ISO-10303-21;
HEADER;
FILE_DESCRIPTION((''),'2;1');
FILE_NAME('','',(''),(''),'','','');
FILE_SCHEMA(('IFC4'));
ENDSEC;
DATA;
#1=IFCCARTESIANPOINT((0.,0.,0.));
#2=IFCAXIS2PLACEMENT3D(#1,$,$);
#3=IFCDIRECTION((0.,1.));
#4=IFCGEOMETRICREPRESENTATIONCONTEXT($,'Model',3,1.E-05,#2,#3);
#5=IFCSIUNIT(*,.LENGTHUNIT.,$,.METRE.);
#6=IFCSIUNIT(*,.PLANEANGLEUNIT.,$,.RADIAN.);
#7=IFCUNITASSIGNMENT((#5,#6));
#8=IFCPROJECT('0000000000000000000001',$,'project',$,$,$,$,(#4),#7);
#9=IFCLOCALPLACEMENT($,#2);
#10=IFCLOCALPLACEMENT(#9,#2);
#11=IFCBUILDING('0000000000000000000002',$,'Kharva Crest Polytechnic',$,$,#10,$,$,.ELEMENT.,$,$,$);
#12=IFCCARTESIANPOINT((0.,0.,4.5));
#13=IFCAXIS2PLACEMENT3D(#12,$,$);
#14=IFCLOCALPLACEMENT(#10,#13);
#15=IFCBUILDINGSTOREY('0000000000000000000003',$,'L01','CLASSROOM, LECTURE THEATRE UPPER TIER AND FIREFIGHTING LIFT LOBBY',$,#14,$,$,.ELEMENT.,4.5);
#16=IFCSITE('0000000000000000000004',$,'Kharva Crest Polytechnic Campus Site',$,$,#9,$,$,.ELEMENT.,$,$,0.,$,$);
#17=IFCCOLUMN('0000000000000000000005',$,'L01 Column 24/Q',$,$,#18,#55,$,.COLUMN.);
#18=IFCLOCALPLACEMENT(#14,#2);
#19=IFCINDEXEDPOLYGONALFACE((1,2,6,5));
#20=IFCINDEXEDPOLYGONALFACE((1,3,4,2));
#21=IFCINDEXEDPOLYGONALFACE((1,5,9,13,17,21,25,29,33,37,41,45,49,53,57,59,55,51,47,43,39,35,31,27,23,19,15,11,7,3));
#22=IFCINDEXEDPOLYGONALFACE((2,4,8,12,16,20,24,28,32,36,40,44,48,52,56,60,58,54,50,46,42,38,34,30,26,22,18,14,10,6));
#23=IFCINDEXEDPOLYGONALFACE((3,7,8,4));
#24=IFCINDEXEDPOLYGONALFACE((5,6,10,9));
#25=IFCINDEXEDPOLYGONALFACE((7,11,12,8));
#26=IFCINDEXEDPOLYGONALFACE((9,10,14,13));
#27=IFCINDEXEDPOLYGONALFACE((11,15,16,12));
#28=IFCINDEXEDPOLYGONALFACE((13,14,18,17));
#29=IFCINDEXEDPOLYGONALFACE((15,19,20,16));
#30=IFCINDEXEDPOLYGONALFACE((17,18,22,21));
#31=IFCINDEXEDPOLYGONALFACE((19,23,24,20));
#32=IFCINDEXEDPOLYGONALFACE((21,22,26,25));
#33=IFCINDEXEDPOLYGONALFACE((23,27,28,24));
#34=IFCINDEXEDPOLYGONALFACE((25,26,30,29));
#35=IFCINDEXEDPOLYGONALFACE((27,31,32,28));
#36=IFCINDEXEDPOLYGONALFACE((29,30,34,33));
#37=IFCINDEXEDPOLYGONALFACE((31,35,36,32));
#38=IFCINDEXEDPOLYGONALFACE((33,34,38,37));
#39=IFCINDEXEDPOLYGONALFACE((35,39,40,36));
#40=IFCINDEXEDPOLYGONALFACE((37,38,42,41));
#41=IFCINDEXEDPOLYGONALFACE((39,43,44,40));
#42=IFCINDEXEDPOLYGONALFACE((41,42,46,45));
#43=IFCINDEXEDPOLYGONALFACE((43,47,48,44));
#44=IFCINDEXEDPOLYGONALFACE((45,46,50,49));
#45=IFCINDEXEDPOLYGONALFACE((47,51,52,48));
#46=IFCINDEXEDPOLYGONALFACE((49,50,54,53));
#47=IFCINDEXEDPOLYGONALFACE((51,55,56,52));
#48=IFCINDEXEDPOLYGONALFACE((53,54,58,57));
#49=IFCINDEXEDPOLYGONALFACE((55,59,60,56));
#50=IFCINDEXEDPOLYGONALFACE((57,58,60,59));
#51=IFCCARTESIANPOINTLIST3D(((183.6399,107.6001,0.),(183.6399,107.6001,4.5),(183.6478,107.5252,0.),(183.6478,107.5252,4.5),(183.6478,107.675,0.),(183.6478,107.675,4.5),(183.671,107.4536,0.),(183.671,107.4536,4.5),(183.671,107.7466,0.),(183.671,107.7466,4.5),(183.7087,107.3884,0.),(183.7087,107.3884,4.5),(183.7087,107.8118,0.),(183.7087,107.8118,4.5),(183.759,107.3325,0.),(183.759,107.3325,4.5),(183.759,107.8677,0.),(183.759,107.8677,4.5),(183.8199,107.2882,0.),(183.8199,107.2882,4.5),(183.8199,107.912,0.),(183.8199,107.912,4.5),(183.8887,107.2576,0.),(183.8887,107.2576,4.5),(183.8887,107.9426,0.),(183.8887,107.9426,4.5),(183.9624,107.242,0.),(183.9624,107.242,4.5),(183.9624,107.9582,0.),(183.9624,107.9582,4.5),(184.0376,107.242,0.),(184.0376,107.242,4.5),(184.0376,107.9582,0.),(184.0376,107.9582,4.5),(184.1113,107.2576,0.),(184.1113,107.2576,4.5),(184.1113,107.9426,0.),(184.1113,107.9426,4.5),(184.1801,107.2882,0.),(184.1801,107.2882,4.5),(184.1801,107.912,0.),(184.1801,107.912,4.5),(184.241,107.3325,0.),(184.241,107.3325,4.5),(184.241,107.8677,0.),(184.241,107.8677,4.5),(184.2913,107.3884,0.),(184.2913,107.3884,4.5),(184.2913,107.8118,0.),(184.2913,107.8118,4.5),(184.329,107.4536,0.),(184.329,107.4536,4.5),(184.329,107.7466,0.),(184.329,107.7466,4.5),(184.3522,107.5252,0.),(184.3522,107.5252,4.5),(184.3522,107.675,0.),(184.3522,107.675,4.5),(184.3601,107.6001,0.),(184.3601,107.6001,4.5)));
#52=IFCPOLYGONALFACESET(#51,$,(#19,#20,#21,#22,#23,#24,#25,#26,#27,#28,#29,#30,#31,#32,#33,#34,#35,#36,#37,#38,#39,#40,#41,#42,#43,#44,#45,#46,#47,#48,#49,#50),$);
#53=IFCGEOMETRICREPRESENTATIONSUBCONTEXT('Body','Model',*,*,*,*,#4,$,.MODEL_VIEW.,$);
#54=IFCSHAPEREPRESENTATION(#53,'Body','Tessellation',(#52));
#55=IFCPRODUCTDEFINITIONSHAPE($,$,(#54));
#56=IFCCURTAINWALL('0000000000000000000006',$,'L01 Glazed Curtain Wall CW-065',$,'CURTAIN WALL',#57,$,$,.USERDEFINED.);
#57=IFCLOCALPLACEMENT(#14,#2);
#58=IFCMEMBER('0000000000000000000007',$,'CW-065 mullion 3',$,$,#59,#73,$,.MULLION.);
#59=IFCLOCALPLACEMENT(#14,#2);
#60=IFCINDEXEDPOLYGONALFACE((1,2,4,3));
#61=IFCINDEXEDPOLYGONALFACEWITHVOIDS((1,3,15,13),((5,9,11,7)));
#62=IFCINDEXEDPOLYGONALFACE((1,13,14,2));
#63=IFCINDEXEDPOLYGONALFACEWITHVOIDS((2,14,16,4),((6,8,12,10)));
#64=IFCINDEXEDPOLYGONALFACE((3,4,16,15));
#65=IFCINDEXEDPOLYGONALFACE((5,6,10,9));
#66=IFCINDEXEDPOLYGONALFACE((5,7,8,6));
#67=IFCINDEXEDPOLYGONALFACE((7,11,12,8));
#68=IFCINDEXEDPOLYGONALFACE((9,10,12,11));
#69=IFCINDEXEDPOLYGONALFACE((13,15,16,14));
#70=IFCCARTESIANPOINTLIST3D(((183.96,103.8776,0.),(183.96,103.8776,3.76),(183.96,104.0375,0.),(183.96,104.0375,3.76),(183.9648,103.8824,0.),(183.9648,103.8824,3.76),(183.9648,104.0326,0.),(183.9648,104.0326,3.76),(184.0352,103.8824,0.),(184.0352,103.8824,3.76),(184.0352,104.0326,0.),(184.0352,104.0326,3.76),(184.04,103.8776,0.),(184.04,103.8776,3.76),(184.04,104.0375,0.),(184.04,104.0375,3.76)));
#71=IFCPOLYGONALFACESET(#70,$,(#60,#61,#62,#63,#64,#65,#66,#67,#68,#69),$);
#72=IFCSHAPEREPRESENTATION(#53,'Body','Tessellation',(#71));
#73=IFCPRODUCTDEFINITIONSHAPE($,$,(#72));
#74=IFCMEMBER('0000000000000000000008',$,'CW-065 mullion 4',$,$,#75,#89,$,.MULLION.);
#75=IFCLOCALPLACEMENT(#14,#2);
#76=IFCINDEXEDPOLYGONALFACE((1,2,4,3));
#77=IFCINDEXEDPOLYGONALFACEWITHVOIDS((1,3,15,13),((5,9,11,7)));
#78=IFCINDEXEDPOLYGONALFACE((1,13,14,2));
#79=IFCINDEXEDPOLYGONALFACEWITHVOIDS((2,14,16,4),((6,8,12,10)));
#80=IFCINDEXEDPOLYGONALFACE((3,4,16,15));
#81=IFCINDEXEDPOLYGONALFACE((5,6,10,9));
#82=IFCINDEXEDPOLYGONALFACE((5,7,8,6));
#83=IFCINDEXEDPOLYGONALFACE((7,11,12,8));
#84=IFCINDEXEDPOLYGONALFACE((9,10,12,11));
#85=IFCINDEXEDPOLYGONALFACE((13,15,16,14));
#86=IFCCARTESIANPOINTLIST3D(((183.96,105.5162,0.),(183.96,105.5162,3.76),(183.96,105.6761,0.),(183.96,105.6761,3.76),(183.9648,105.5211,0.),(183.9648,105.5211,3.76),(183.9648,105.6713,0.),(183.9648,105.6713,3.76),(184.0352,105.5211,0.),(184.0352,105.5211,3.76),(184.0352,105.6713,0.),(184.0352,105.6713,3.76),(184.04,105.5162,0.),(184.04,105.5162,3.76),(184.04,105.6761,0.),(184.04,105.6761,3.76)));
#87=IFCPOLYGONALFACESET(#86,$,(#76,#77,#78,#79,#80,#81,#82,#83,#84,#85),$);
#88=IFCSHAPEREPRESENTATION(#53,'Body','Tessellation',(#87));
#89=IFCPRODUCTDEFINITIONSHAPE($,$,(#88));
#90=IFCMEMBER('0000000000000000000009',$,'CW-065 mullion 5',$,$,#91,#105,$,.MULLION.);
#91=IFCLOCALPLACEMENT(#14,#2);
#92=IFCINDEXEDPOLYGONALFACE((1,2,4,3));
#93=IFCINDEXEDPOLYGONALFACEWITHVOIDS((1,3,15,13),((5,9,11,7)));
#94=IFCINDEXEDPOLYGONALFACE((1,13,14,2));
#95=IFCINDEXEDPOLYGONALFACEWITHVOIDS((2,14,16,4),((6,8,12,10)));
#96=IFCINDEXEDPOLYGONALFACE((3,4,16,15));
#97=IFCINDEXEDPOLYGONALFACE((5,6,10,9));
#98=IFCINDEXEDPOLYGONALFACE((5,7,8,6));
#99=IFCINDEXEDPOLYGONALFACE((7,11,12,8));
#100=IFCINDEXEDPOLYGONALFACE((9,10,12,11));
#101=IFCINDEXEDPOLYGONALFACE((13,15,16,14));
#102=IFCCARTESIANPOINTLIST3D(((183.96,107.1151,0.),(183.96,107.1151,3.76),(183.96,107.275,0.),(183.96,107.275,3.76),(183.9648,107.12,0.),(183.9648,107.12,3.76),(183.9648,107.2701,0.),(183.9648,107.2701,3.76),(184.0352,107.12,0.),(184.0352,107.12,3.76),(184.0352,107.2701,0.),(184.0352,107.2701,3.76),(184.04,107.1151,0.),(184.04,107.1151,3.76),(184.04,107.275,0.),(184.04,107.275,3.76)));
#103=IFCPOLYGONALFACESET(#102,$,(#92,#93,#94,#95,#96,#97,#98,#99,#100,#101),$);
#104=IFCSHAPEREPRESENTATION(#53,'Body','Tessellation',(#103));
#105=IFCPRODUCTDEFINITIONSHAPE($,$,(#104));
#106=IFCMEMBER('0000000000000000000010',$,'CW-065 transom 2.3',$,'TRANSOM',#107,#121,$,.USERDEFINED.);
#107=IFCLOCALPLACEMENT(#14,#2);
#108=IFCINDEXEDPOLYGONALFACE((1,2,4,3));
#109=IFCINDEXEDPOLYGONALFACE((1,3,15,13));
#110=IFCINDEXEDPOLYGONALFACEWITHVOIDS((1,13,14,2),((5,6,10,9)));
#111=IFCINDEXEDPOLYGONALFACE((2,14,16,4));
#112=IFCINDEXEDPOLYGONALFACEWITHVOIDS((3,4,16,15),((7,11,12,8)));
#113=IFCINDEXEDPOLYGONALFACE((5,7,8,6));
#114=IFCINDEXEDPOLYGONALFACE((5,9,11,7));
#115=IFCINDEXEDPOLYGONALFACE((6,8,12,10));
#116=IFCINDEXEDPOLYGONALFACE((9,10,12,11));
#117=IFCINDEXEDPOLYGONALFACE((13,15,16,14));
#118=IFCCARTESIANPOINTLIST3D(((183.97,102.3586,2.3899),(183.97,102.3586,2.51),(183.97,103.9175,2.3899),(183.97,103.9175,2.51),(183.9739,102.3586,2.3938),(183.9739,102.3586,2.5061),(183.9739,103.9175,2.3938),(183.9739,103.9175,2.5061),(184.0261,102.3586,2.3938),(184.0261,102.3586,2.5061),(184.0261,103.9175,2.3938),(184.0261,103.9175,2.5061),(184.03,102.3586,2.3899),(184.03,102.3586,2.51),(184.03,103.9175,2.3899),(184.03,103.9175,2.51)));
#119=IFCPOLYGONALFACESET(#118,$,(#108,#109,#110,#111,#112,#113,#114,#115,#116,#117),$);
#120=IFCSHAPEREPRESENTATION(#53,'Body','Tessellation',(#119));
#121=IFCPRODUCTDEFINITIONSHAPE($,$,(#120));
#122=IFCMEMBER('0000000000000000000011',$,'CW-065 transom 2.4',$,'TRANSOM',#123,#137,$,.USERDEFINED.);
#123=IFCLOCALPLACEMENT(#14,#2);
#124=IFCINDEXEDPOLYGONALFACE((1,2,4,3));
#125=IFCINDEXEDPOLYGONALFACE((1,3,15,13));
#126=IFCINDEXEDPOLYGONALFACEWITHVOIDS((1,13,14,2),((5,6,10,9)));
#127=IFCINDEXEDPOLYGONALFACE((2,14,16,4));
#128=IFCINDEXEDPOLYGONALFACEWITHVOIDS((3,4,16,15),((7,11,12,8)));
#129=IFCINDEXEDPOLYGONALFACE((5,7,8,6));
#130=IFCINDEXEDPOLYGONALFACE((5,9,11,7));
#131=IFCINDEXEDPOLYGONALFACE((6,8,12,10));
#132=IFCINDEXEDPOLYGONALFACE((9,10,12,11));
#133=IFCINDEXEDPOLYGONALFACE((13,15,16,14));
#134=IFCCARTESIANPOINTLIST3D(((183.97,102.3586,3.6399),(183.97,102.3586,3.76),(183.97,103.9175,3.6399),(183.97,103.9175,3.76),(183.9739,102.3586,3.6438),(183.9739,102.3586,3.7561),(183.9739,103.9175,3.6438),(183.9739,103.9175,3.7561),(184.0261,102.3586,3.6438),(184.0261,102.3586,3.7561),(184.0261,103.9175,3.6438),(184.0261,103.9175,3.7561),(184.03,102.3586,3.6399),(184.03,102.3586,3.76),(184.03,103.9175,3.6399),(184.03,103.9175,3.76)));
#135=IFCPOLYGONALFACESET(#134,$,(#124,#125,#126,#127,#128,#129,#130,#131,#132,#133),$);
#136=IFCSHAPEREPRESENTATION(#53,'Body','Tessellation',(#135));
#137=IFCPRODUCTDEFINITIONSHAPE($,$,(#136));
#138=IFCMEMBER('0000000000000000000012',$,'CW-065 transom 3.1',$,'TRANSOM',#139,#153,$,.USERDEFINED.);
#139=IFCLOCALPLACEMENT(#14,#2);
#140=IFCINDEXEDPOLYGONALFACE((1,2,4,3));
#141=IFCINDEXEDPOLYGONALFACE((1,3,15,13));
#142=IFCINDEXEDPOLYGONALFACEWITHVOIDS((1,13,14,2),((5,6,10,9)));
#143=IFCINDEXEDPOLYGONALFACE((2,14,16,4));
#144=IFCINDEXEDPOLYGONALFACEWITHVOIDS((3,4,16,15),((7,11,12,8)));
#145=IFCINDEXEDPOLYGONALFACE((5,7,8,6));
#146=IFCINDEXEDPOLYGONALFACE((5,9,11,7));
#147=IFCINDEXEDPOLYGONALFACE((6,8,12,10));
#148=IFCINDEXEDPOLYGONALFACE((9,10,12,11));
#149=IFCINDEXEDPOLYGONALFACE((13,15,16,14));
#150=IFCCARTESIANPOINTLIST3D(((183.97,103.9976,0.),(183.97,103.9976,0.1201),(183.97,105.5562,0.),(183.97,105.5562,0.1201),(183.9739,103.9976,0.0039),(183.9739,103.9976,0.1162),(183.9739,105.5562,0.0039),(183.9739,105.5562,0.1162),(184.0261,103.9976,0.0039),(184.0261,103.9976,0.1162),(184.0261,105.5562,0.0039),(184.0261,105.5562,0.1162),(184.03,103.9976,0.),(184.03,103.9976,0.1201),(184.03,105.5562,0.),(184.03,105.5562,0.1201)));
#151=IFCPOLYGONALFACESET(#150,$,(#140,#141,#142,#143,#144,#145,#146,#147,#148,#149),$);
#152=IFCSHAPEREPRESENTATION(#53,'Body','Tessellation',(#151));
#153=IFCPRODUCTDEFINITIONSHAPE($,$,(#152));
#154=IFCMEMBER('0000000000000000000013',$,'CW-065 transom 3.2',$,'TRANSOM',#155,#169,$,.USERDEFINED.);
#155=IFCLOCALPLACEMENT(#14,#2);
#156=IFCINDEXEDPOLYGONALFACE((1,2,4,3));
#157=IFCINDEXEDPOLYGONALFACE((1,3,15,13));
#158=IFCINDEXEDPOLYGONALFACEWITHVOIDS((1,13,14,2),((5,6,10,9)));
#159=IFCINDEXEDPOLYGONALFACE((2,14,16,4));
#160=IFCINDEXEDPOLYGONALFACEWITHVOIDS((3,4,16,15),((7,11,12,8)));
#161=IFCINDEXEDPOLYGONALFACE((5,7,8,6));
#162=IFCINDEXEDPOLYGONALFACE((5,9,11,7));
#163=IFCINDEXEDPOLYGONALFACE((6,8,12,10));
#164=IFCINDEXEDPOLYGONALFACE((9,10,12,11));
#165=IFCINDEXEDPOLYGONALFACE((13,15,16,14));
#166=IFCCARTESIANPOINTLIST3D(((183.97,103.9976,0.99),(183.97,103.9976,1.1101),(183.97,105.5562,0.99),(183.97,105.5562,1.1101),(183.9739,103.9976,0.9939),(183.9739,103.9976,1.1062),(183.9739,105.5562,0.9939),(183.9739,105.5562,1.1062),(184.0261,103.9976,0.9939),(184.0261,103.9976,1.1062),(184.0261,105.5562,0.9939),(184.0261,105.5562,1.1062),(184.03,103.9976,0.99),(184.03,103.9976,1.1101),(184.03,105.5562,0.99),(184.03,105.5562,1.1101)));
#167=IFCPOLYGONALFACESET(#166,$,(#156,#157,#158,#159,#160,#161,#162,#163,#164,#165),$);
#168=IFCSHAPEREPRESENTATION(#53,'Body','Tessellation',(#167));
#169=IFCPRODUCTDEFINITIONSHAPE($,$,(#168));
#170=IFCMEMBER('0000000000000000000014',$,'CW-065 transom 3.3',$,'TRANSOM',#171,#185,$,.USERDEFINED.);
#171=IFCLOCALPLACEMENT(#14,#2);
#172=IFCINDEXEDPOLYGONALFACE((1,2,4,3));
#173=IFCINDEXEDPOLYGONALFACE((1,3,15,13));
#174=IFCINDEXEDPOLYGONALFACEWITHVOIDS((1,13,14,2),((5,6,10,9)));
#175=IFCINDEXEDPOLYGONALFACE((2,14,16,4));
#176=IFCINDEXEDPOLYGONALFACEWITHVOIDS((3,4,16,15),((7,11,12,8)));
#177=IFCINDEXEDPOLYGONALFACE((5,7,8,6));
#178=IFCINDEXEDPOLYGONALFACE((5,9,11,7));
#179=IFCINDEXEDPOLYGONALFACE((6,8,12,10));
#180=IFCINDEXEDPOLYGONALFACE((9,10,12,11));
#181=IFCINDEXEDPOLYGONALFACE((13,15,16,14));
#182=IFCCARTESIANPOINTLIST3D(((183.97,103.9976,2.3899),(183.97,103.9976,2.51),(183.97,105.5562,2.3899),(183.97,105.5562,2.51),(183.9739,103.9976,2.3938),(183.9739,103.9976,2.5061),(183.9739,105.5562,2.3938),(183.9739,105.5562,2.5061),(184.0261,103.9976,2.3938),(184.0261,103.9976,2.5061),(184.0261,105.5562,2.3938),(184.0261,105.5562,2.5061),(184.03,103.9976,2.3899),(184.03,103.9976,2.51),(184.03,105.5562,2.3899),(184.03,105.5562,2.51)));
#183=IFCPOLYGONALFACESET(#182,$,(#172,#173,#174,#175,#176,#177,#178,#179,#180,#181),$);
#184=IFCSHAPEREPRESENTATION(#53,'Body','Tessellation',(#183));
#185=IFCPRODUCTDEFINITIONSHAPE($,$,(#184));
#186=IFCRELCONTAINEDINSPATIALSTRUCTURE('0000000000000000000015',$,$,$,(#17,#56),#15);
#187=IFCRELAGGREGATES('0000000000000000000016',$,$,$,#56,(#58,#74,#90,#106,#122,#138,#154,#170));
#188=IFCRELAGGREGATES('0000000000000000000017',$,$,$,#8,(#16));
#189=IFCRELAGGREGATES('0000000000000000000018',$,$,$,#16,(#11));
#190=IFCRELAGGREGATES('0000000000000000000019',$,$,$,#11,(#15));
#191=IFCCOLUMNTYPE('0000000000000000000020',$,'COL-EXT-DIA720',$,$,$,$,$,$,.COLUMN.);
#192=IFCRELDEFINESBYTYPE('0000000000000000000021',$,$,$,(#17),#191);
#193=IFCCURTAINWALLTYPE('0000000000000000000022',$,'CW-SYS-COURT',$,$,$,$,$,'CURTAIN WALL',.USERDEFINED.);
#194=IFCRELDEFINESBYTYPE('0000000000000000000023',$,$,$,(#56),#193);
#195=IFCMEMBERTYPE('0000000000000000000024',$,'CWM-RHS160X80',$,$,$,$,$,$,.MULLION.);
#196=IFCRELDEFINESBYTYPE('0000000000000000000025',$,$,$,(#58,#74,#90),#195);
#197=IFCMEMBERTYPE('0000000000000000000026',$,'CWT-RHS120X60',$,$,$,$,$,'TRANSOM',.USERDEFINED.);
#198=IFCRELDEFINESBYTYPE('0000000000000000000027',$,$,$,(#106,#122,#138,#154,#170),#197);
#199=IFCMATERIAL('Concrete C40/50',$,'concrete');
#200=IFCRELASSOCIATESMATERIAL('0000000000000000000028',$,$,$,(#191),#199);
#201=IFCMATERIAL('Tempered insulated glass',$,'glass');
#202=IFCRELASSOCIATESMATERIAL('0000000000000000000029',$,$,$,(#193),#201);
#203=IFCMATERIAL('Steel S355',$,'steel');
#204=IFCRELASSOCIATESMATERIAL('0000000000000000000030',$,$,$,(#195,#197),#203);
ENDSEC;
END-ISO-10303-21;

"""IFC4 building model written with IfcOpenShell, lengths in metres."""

from ifc_helpers import new_model, si_unit, direction, frame, origin, origin_2d, place, context, subcontext, project, spatial, hollow_rectangle, circle, extrude, material, material_profile, profile_set, type_object, element, aggregate, save


model = new_model("IFC4")

# Units and contexts
model_context = context("Model", 3, precision=1e-05, world=origin(), true_north=direction((0.0, 1.0)))
body_context = subcontext(model_context, "Body", "Model", "MODEL_VIEW")
ifc_project = project(units=[si_unit("LENGTHUNIT", "METRE"), si_unit("PLANEANGLEUNIT", "RADIAN")], contexts=[model_context])

# Site, building, storey
site_placement = place(None, origin())
site = spatial("IfcSite", under=ifc_project, at=site_placement, Name="Kharva Crest Polytechnic Campus Site", CompositionType="ELEMENT", RefElevation=0.0)
building_placement = place(site_placement, origin())
building = spatial("IfcBuilding", under=site, at=building_placement, Name="Kharva Crest Polytechnic", CompositionType="ELEMENT")
storey_placement = place(building_placement, frame((0.0, 0.0, 4.5)))
storey = spatial("IfcBuildingStorey", under=building, at=storey_placement, Name="L01", Description="CLASSROOM, LECTURE THEATRE UPPER TIER AND FIREFIGHTING LIFT LOBBY", CompositionType="ELEMENT", Elevation=4.5)

# Column
ifc_material_1 = material(Name="Concrete C40/50", Category="concrete")
ifc_material_profile_1 = material_profile(ifc_material_1, circle(Radius=0.3601, at=origin_2d()), Name="DIA 720")
ifc_profile_set_1 = profile_set([ifc_material_profile_1], Name="Concrete C40/50")
column_type = type_object("IfcColumnType", Name="COL-EXT-DIA720", PredefinedType="COLUMN", material=ifc_profile_set_1)
column_placement = place(storey_placement, frame((184.0, 107.6001, 0.0), z_axis=(0.0, 0.0, 1.0), x_axis=(1.0, 0.0, 0.0)))
element("IfcColumn", 1, at=column_placement, inside=storey, type_object=column_type, Name="L01 Column 24/Q", PredefinedType="COLUMN", context=body_context, shape_type="SweptSolid", body=[
    extrude(circle(Radius=0.3601, at=origin_2d()), origin(), (0.0, 0.0, 1.0), 4.5),
])

# Curtain wall, members
ifc_material_2 = material(Name="Tempered insulated glass", Category="glass")
curtain_wall_type = type_object("IfcCurtainWallType", Name="CW-SYS-COURT", ElementType="CURTAIN WALL", PredefinedType="USERDEFINED", material=ifc_material_2)
curtain_wall_placement = place(storey_placement, origin())
curtain_wall = element("IfcCurtainWall", 2, at=curtain_wall_placement, inside=storey, type_object=curtain_wall_type, Name="L01 Glazed Curtain Wall CW-065", ObjectType="CURTAIN WALL", PredefinedType="USERDEFINED")
ifc_material_3 = material(Name="Steel S355", Category="steel")
ifc_material_profile_2 = material_profile(ifc_material_3, hollow_rectangle(XDim=0.0801, YDim=0.1599, WallThickness=0.0049, at=origin_2d()), Name="RHS 160X80X5.0")
ifc_profile_set_2 = profile_set([ifc_material_profile_2], Name="Steel S355")
member_type_1 = type_object("IfcMemberType", Name="CWM-RHS160X80", PredefinedType="MULLION", material=ifc_profile_set_2)
member_1_placement = place(storey_placement, frame((184.0, 103.9575, 0.0), z_axis=(0.0, 0.0, 1.0), x_axis=(-1.0, 0.0, 0.0)))
member_1 = element("IfcMember", 3, at=member_1_placement, type_object=member_type_1, Name="CW-065 mullion 3", PredefinedType="MULLION", context=body_context, shape_type="SweptSolid", body=[
    extrude(hollow_rectangle(XDim=0.0801, YDim=0.1599, WallThickness=0.0049, at=origin_2d()), origin(), (0.0, 0.0, 1.0), 3.76),
])
member_2_placement = place(storey_placement, frame((184.0, 105.5962, 0.0), z_axis=(0.0, 0.0, 1.0), x_axis=(-1.0, 0.0, 0.0)))
member_2 = element("IfcMember", 4, at=member_2_placement, type_object=member_type_1, Name="CW-065 mullion 4", PredefinedType="MULLION", context=body_context, shape_type="SweptSolid", body=[
    extrude(hollow_rectangle(XDim=0.0801, YDim=0.1599, WallThickness=0.0049, at=origin_2d()), origin(), (0.0, 0.0, 1.0), 3.76),
])
member_3_placement = place(storey_placement, frame((184.0, 107.1951, 0.0), z_axis=(0.0, 0.0, 1.0), x_axis=(-1.0, 0.0, 0.0)))
member_3 = element("IfcMember", 5, at=member_3_placement, type_object=member_type_1, Name="CW-065 mullion 5", PredefinedType="MULLION", context=body_context, shape_type="SweptSolid", body=[
    extrude(hollow_rectangle(XDim=0.0801, YDim=0.1599, WallThickness=0.0049, at=origin_2d()), origin(), (0.0, 0.0, 1.0), 3.76),
])
ifc_material_profile_3 = material_profile(ifc_material_3, hollow_rectangle(XDim=0.0601, YDim=0.1201, WallThickness=0.0039, at=origin_2d()), Name="RHS 120X60X4.0")
ifc_profile_set_3 = profile_set([ifc_material_profile_3], Name="Steel S355")
member_type_2 = type_object("IfcMemberType", Name="CWT-RHS120X60", ElementType="TRANSOM", PredefinedType="USERDEFINED", material=ifc_profile_set_3)
member_4_placement = place(storey_placement, frame((184.0, 102.3586, 2.45), z_axis=(0.0, 1.0, 0.0), x_axis=(-1.0, 0.0, 0.0)))
member_4 = element("IfcMember", 6, at=member_4_placement, type_object=member_type_2, Name="CW-065 transom 2.3", ObjectType="TRANSOM", PredefinedType="USERDEFINED", context=body_context, shape_type="SweptSolid", body=[
    extrude(hollow_rectangle(XDim=0.0601, YDim=0.1201, WallThickness=0.0039, at=origin_2d()), origin(), (0.0, 0.0, 1.0), 1.5588),
])
member_5_placement = place(storey_placement, frame((184.0, 102.3586, 3.7), z_axis=(0.0, 1.0, 0.0), x_axis=(-1.0, 0.0, 0.0)))
member_5 = element("IfcMember", 7, at=member_5_placement, type_object=member_type_2, Name="CW-065 transom 2.4", ObjectType="TRANSOM", PredefinedType="USERDEFINED", context=body_context, shape_type="SweptSolid", body=[
    extrude(hollow_rectangle(XDim=0.0601, YDim=0.1201, WallThickness=0.0039, at=origin_2d()), origin(), (0.0, 0.0, 1.0), 1.5588),
])
member_6_placement = place(storey_placement, frame((184.0, 103.9976, 0.0601), z_axis=(0.0, 1.0, 0.0), x_axis=(-1.0, 0.0, 0.0)))
member_6 = element("IfcMember", 8, at=member_6_placement, type_object=member_type_2, Name="CW-065 transom 3.1", ObjectType="TRANSOM", PredefinedType="USERDEFINED", context=body_context, shape_type="SweptSolid", body=[
    extrude(hollow_rectangle(XDim=0.0601, YDim=0.1201, WallThickness=0.0039, at=origin_2d()), origin(), (0.0, 0.0, 1.0), 1.5586),
])
member_7_placement = place(storey_placement, frame((184.0, 103.9976, 1.05), z_axis=(0.0, 1.0, 0.0), x_axis=(-1.0, 0.0, 0.0)))
member_7 = element("IfcMember", 9, at=member_7_placement, type_object=member_type_2, Name="CW-065 transom 3.2", ObjectType="TRANSOM", PredefinedType="USERDEFINED", context=body_context, shape_type="SweptSolid", body=[
    extrude(hollow_rectangle(XDim=0.0601, YDim=0.1201, WallThickness=0.0039, at=origin_2d()), origin(), (0.0, 0.0, 1.0), 1.5586),
])
member_8_placement = place(storey_placement, frame((184.0, 103.9976, 2.45), z_axis=(0.0, 1.0, 0.0), x_axis=(-1.0, 0.0, 0.0)))
member_8 = element("IfcMember", 10, at=member_8_placement, type_object=member_type_2, Name="CW-065 transom 3.3", ObjectType="TRANSOM", PredefinedType="USERDEFINED", context=body_context, shape_type="SweptSolid", body=[
    extrude(hollow_rectangle(XDim=0.0601, YDim=0.1201, WallThickness=0.0039, at=origin_2d()), origin(), (0.0, 0.0, 1.0), 1.5586),
])

aggregate(curtain_wall, [member_1, member_2, member_3, member_4, member_5, member_6, member_7, member_8])

save(model, "model.ifc")
